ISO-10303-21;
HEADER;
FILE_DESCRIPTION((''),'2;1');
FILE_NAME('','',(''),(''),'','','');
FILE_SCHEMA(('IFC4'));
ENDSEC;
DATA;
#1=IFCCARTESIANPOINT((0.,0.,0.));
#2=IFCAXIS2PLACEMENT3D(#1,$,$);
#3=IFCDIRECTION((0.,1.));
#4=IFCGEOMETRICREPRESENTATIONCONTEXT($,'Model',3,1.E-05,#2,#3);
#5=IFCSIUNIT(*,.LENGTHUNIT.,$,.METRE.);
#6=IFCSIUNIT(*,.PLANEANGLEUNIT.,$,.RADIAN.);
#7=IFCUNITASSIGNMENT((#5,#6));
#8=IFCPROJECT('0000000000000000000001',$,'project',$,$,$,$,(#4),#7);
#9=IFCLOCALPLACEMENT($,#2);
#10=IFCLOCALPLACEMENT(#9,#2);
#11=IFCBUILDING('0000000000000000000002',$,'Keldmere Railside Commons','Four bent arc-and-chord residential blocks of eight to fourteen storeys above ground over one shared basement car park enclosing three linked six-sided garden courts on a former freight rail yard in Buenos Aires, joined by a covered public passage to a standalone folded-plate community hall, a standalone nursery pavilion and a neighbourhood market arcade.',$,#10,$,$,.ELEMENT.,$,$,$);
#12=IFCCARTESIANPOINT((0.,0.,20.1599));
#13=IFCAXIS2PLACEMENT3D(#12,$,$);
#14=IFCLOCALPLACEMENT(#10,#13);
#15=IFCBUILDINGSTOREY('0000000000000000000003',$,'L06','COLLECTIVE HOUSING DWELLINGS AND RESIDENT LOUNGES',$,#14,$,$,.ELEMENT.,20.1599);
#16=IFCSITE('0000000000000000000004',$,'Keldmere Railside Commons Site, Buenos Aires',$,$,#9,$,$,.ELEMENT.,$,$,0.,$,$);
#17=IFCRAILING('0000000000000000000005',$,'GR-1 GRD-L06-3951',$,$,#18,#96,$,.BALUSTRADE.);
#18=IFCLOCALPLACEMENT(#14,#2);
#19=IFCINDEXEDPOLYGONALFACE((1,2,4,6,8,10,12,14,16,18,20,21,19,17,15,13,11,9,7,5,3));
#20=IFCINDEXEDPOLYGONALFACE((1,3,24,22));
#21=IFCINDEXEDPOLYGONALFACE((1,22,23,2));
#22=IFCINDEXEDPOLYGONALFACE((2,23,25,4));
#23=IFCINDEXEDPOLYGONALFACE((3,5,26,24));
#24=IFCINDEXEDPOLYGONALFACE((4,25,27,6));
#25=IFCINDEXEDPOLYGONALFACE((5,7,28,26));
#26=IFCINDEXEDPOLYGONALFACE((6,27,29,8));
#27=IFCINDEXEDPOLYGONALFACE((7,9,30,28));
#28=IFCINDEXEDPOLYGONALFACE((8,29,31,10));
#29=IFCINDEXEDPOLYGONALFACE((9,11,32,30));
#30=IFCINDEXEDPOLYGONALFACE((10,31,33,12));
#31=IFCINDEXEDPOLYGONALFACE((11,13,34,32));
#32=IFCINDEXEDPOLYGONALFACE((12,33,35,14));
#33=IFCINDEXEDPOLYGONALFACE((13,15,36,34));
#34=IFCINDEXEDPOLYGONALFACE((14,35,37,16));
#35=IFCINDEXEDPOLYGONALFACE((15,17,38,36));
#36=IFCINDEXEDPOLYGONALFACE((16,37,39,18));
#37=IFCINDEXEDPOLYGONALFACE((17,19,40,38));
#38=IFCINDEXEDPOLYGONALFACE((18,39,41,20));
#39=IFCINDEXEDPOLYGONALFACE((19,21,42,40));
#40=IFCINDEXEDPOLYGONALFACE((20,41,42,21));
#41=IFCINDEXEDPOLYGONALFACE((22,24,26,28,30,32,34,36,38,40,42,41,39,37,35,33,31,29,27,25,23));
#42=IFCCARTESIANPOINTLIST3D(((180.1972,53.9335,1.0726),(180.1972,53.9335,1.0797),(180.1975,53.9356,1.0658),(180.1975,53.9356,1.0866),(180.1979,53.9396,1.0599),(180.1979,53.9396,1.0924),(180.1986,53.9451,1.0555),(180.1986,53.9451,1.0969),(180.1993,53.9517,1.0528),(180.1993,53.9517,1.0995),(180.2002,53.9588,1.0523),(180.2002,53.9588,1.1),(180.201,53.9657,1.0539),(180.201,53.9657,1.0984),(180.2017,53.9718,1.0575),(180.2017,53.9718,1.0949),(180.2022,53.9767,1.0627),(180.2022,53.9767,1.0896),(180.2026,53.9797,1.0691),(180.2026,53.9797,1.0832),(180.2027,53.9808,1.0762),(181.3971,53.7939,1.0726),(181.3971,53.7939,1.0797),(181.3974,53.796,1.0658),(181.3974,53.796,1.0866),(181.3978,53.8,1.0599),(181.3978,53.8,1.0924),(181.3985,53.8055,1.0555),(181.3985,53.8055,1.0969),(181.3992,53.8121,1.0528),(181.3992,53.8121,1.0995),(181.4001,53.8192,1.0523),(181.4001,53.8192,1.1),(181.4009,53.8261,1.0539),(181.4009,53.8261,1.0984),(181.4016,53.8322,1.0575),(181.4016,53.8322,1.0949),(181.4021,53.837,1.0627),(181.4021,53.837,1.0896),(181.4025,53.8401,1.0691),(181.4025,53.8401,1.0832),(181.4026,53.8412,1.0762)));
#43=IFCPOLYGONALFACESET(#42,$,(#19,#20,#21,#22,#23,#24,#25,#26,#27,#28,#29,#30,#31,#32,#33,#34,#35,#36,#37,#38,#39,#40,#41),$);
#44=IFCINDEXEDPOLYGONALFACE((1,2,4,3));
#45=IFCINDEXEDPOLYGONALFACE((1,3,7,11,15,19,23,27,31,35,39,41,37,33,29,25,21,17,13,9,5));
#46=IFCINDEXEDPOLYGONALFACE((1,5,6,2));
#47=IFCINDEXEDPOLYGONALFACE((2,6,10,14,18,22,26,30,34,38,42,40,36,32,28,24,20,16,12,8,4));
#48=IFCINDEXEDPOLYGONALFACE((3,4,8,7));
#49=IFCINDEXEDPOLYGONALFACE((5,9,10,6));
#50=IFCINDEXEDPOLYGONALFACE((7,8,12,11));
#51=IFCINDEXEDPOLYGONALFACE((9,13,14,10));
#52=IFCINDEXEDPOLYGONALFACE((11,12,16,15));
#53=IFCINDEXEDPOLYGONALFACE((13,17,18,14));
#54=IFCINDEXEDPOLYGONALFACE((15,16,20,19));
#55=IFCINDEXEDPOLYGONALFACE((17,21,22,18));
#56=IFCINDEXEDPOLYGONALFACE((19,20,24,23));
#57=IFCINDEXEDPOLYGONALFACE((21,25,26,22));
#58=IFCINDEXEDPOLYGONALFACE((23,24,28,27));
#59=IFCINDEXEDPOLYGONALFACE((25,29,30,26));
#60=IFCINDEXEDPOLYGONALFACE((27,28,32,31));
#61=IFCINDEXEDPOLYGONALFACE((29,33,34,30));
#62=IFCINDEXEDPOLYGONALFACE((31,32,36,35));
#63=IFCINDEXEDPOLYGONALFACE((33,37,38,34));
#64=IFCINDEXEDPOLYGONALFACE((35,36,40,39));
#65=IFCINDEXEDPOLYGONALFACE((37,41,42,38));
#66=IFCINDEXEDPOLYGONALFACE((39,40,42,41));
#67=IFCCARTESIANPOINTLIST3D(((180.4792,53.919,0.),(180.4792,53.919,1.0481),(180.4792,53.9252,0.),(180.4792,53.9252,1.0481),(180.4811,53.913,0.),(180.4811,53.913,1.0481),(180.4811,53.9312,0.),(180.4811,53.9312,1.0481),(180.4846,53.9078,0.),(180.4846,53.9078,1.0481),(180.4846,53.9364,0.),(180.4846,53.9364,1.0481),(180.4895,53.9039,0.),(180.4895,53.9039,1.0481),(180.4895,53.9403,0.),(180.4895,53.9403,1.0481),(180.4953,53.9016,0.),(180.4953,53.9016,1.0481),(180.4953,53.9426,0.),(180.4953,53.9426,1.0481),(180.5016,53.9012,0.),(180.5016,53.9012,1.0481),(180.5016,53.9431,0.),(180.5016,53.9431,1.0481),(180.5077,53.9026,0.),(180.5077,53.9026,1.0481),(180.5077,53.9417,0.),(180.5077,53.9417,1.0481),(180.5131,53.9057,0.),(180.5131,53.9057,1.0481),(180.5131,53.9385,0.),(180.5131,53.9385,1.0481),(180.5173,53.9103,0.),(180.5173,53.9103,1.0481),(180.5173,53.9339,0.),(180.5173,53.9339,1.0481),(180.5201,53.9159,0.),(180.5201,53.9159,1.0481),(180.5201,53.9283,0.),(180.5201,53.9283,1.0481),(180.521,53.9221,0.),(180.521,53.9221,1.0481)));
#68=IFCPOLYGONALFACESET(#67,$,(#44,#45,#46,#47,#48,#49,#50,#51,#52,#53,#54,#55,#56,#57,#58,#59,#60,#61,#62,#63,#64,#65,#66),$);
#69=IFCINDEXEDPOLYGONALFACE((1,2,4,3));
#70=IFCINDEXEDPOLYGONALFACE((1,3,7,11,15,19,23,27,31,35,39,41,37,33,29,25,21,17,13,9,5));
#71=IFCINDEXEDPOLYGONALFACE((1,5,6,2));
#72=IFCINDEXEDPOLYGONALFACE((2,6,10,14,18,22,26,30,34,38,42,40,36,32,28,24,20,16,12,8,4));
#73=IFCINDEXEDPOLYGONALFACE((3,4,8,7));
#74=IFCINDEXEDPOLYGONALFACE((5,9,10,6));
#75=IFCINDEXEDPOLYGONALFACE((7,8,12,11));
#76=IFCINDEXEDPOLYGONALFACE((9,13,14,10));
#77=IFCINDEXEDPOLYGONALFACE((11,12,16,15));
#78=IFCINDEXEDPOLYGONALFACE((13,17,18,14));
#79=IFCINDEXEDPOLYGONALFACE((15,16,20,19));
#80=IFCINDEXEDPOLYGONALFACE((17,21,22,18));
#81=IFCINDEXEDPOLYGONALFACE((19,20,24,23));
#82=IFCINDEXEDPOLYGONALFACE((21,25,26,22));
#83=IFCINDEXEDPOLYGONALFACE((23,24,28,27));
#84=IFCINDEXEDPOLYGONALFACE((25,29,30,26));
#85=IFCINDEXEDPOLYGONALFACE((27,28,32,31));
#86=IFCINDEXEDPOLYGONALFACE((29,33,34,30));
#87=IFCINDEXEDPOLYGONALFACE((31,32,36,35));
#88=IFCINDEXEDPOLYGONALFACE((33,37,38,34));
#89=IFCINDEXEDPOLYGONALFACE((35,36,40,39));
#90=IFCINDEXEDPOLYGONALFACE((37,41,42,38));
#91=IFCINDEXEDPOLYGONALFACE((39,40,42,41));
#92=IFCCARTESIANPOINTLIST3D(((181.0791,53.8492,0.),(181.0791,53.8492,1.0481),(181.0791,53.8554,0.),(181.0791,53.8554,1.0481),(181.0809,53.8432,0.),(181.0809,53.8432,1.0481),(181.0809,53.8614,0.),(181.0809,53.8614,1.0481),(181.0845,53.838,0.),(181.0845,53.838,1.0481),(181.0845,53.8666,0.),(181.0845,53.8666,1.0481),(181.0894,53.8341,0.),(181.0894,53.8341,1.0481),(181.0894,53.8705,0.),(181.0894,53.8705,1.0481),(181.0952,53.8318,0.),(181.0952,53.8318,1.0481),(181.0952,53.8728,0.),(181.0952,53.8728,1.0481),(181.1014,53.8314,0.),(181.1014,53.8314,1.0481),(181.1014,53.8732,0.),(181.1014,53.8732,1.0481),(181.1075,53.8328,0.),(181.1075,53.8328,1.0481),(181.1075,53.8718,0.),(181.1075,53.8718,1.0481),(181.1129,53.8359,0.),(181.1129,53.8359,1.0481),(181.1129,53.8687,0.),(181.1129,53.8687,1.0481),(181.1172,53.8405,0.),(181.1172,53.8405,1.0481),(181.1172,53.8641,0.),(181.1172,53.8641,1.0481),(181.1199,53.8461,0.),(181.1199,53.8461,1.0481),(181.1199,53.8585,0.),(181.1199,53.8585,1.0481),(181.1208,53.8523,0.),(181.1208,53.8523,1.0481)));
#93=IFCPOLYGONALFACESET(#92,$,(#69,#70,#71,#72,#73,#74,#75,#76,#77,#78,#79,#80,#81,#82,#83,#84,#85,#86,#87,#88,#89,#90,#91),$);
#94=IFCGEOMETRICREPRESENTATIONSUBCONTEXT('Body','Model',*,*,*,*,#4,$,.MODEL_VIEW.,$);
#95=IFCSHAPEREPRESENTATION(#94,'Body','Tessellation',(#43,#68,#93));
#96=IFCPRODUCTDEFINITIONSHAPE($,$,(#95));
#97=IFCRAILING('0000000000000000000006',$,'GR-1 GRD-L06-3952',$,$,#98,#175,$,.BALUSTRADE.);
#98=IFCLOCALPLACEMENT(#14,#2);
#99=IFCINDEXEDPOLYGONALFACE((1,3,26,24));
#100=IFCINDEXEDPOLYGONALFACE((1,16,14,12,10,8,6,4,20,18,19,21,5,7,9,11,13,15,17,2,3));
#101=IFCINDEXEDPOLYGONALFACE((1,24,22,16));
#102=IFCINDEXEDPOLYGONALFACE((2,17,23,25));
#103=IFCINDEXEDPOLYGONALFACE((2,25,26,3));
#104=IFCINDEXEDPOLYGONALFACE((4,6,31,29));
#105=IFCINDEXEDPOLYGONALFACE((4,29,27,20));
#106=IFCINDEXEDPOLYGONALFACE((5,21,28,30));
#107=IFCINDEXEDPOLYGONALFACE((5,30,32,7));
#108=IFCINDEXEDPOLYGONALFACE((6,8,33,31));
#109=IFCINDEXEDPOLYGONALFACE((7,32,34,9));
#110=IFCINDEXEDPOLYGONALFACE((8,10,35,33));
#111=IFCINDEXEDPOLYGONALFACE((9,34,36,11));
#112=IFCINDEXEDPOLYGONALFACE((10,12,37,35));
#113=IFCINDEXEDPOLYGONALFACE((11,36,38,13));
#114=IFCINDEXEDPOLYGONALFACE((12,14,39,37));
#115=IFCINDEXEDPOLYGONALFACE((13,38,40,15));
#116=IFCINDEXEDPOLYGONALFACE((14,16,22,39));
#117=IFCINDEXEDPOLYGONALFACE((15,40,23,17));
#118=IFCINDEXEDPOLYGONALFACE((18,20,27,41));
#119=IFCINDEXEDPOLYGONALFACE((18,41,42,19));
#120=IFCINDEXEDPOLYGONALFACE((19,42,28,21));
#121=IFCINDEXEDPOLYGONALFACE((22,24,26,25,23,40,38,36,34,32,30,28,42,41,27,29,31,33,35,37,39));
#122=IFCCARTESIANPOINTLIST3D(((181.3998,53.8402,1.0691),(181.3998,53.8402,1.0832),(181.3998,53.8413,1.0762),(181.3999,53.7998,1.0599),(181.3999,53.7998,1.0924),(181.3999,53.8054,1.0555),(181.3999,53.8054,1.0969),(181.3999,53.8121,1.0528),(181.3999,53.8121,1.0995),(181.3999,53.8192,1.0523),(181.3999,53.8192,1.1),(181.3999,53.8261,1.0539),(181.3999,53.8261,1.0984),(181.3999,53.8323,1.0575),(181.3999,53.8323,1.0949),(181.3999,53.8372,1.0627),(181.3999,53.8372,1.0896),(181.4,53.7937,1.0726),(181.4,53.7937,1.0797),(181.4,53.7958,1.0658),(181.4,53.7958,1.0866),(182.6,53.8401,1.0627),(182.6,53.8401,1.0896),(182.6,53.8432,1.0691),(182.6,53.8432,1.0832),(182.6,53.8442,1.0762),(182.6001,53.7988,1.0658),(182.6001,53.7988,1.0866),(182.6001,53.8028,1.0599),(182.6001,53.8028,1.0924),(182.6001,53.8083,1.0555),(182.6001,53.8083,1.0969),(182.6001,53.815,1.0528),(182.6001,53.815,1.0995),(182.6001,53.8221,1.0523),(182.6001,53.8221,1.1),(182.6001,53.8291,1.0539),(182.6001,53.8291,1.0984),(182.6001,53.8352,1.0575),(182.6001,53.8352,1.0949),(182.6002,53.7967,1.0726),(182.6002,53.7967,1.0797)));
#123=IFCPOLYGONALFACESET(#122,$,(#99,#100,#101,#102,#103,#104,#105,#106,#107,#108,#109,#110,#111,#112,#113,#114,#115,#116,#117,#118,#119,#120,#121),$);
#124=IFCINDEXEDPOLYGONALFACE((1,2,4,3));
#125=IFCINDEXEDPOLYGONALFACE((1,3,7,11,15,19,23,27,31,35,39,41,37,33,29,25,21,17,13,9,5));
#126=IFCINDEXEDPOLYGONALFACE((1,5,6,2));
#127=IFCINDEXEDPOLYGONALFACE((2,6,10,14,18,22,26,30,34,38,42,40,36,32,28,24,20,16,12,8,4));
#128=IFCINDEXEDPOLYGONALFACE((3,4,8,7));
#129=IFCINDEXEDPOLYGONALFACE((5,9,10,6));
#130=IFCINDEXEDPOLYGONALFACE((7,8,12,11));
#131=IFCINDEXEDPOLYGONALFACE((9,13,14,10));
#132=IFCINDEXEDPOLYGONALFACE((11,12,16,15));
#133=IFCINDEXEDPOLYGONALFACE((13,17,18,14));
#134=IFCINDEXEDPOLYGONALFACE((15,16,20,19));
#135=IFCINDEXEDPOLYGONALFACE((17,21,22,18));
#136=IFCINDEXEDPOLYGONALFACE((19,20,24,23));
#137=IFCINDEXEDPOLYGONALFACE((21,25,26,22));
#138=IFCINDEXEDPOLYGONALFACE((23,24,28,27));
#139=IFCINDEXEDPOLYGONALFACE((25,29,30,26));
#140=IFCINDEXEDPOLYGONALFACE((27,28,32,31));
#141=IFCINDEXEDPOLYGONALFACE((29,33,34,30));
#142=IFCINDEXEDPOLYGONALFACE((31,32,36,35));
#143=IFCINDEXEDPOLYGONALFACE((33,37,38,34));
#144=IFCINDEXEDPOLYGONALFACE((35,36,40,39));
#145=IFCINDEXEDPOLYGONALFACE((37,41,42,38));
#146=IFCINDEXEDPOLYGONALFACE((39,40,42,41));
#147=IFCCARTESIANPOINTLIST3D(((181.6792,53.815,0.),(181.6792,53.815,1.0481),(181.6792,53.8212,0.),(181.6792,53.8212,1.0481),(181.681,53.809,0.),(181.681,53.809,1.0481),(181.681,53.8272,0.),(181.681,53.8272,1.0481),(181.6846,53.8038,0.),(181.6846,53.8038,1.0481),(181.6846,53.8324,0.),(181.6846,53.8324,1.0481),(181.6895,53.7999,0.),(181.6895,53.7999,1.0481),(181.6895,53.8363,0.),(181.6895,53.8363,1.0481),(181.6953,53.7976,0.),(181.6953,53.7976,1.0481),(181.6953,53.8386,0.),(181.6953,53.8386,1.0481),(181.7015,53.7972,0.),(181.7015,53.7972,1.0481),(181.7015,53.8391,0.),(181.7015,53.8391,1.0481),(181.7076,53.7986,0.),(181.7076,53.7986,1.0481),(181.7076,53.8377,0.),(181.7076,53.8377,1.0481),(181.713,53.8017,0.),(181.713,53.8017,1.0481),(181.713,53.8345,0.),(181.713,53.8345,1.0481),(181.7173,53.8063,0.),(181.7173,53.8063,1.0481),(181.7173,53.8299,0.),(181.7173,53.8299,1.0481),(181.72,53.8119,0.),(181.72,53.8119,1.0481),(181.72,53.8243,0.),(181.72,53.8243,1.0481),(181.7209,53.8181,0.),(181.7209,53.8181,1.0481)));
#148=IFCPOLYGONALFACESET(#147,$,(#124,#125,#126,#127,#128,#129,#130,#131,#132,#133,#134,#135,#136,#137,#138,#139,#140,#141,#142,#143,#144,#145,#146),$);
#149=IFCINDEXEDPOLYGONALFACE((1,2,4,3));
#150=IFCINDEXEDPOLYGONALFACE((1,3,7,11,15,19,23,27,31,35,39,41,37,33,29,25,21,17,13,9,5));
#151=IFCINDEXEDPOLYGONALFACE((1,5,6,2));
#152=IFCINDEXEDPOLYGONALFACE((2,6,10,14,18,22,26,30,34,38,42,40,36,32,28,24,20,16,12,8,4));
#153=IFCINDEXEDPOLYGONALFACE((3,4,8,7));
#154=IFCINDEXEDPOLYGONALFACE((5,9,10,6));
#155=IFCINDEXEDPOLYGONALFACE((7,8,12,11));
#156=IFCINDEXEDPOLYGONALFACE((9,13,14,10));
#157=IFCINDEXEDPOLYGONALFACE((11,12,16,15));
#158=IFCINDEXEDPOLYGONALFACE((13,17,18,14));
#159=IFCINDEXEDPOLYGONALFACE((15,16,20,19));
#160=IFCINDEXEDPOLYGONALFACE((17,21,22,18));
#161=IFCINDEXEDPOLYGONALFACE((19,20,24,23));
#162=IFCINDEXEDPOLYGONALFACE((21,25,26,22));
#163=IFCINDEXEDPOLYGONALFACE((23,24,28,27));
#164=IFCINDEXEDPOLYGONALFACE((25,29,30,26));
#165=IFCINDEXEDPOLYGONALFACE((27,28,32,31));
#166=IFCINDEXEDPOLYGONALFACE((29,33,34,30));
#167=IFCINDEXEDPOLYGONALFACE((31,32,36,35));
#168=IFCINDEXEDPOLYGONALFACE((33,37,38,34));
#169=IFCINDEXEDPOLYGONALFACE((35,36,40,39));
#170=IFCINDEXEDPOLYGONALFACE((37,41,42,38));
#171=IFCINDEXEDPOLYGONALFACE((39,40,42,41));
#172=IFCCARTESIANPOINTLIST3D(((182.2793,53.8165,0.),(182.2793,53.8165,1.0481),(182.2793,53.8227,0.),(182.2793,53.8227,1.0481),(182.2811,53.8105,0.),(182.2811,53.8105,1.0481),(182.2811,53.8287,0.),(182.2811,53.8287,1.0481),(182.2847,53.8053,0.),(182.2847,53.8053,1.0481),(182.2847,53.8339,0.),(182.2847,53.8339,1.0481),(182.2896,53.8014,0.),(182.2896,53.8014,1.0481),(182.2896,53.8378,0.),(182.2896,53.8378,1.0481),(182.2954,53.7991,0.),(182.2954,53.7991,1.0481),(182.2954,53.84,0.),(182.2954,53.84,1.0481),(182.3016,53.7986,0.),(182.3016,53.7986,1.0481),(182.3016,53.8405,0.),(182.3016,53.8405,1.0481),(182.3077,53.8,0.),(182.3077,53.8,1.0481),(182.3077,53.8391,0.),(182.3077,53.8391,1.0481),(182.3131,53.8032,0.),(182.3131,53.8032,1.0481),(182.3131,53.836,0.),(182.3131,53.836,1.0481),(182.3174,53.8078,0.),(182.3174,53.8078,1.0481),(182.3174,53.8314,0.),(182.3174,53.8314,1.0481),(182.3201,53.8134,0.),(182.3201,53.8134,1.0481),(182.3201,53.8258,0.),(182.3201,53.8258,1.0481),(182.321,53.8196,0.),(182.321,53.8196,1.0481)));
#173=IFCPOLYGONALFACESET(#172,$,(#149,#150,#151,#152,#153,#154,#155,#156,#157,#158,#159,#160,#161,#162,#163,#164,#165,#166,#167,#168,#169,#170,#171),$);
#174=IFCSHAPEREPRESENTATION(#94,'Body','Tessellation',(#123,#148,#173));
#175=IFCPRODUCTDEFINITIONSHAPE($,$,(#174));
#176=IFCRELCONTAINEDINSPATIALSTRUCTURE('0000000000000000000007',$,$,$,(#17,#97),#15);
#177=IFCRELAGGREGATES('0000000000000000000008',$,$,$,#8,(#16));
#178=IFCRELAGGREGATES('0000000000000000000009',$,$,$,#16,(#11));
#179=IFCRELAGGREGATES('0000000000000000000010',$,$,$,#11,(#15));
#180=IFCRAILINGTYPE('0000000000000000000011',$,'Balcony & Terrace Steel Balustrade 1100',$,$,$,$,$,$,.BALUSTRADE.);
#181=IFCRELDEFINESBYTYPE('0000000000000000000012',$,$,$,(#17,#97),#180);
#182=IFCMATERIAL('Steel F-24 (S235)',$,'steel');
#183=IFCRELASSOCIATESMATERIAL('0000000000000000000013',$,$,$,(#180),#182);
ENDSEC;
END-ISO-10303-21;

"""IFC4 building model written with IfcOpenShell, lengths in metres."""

from ifc_helpers import new_model, si_unit, direction, frame, origin, origin_2d, place, context, subcontext, project, spatial, circle, extrude, material, type_object, element, save


model = new_model("IFC4")

# Units and contexts
model_context = context("Model", 3, precision=1e-05, world=origin(), true_north=direction((0.0, 1.0)))
body_context = subcontext(model_context, "Body", "Model", "MODEL_VIEW")
ifc_project = project(units=[si_unit("LENGTHUNIT", "METRE"), si_unit("PLANEANGLEUNIT", "RADIAN")], contexts=[model_context])

# Site, building, storey
site_placement = place(None, origin())
site = spatial("IfcSite", under=ifc_project, at=site_placement, Name="Keldmere Railside Commons Site, Buenos Aires", CompositionType="ELEMENT", RefElevation=0.0)
building_placement = place(site_placement, origin())
building = spatial("IfcBuilding", under=site, at=building_placement, Name="Keldmere Railside Commons", Description="Four bent arc-and-chord residential blocks of eight to fourteen storeys above ground over one shared basement car park enclosing three linked six-sided garden courts on a former freight rail yard in Buenos Aires, joined by a covered public passage to a standalone folded-plate community hall, a standalone nursery pavilion and a neighbourhood market arcade.", CompositionType="ELEMENT")
storey_placement = place(building_placement, frame((0.0, 0.0, 20.1599)))
storey = spatial("IfcBuildingStorey", under=building, at=storey_placement, Name="L06", Description="COLLECTIVE HOUSING DWELLINGS AND RESIDENT LOUNGES", CompositionType="ELEMENT", Elevation=20.1599)

# Shared definitions
ifc_material_1 = material(Name="Steel F-24 (S235)", Category="steel")

# Railings
railing_type = type_object("IfcRailingType", Name="Balcony & Terrace Steel Balustrade 1100", PredefinedType="BALUSTRADE", material=ifc_material_1)
railing_1_placement = place(storey_placement, frame((180.2, 53.957, 0.0)))
element("IfcRailing", 1, at=railing_1_placement, inside=storey, type_object=railing_type, Name="GR-1 GRD-L06-3951", PredefinedType="BALUSTRADE", context=body_context, shape_type="SweptSolid", body=[
    extrude(circle(Radius=0.0239, at=origin_2d()), frame((0.0, 0.0, 1.0762), z_axis=(0.993296, -0.115598, 0.0), x_axis=(0.115598, 0.993296, 0.0)), (0.0, 0.0, 1.0), 1.208),
    extrude(circle(Radius=0.021, at=origin_2d()), frame((0.3, -0.0349, 0.0)), (0.0, 0.0, 1.0), 1.0481),
    extrude(circle(Radius=0.021, at=origin_2d()), frame((0.8999, -0.1047, 0.0)), (0.0, 0.0, 1.0), 1.0481),
])
railing_2_placement = place(storey_placement, frame((181.3999, 53.8174, 0.0)))
element("IfcRailing", 2, at=railing_2_placement, inside=storey, type_object=railing_type, Name="GR-1 GRD-L06-3952", PredefinedType="BALUSTRADE", context=body_context, shape_type="SweptSolid", body=[
    extrude(circle(Radius=0.0239, at=origin_2d()), frame((0.0, 0.0, 1.0762), z_axis=(0.999997, 0.002441, 0.0), x_axis=(-0.002441, 0.999997, 0.0)), (0.0, 0.0, 1.0), 1.2002),
    extrude(circle(Radius=0.021, at=origin_2d()), frame((0.3, 0.0007, 0.0)), (0.0, 0.0, 1.0), 1.0481),
    extrude(circle(Radius=0.021, at=origin_2d()), frame((0.9001, 0.0022, 0.0)), (0.0, 0.0, 1.0), 1.0481),
])

save(model, "model.ifc")
